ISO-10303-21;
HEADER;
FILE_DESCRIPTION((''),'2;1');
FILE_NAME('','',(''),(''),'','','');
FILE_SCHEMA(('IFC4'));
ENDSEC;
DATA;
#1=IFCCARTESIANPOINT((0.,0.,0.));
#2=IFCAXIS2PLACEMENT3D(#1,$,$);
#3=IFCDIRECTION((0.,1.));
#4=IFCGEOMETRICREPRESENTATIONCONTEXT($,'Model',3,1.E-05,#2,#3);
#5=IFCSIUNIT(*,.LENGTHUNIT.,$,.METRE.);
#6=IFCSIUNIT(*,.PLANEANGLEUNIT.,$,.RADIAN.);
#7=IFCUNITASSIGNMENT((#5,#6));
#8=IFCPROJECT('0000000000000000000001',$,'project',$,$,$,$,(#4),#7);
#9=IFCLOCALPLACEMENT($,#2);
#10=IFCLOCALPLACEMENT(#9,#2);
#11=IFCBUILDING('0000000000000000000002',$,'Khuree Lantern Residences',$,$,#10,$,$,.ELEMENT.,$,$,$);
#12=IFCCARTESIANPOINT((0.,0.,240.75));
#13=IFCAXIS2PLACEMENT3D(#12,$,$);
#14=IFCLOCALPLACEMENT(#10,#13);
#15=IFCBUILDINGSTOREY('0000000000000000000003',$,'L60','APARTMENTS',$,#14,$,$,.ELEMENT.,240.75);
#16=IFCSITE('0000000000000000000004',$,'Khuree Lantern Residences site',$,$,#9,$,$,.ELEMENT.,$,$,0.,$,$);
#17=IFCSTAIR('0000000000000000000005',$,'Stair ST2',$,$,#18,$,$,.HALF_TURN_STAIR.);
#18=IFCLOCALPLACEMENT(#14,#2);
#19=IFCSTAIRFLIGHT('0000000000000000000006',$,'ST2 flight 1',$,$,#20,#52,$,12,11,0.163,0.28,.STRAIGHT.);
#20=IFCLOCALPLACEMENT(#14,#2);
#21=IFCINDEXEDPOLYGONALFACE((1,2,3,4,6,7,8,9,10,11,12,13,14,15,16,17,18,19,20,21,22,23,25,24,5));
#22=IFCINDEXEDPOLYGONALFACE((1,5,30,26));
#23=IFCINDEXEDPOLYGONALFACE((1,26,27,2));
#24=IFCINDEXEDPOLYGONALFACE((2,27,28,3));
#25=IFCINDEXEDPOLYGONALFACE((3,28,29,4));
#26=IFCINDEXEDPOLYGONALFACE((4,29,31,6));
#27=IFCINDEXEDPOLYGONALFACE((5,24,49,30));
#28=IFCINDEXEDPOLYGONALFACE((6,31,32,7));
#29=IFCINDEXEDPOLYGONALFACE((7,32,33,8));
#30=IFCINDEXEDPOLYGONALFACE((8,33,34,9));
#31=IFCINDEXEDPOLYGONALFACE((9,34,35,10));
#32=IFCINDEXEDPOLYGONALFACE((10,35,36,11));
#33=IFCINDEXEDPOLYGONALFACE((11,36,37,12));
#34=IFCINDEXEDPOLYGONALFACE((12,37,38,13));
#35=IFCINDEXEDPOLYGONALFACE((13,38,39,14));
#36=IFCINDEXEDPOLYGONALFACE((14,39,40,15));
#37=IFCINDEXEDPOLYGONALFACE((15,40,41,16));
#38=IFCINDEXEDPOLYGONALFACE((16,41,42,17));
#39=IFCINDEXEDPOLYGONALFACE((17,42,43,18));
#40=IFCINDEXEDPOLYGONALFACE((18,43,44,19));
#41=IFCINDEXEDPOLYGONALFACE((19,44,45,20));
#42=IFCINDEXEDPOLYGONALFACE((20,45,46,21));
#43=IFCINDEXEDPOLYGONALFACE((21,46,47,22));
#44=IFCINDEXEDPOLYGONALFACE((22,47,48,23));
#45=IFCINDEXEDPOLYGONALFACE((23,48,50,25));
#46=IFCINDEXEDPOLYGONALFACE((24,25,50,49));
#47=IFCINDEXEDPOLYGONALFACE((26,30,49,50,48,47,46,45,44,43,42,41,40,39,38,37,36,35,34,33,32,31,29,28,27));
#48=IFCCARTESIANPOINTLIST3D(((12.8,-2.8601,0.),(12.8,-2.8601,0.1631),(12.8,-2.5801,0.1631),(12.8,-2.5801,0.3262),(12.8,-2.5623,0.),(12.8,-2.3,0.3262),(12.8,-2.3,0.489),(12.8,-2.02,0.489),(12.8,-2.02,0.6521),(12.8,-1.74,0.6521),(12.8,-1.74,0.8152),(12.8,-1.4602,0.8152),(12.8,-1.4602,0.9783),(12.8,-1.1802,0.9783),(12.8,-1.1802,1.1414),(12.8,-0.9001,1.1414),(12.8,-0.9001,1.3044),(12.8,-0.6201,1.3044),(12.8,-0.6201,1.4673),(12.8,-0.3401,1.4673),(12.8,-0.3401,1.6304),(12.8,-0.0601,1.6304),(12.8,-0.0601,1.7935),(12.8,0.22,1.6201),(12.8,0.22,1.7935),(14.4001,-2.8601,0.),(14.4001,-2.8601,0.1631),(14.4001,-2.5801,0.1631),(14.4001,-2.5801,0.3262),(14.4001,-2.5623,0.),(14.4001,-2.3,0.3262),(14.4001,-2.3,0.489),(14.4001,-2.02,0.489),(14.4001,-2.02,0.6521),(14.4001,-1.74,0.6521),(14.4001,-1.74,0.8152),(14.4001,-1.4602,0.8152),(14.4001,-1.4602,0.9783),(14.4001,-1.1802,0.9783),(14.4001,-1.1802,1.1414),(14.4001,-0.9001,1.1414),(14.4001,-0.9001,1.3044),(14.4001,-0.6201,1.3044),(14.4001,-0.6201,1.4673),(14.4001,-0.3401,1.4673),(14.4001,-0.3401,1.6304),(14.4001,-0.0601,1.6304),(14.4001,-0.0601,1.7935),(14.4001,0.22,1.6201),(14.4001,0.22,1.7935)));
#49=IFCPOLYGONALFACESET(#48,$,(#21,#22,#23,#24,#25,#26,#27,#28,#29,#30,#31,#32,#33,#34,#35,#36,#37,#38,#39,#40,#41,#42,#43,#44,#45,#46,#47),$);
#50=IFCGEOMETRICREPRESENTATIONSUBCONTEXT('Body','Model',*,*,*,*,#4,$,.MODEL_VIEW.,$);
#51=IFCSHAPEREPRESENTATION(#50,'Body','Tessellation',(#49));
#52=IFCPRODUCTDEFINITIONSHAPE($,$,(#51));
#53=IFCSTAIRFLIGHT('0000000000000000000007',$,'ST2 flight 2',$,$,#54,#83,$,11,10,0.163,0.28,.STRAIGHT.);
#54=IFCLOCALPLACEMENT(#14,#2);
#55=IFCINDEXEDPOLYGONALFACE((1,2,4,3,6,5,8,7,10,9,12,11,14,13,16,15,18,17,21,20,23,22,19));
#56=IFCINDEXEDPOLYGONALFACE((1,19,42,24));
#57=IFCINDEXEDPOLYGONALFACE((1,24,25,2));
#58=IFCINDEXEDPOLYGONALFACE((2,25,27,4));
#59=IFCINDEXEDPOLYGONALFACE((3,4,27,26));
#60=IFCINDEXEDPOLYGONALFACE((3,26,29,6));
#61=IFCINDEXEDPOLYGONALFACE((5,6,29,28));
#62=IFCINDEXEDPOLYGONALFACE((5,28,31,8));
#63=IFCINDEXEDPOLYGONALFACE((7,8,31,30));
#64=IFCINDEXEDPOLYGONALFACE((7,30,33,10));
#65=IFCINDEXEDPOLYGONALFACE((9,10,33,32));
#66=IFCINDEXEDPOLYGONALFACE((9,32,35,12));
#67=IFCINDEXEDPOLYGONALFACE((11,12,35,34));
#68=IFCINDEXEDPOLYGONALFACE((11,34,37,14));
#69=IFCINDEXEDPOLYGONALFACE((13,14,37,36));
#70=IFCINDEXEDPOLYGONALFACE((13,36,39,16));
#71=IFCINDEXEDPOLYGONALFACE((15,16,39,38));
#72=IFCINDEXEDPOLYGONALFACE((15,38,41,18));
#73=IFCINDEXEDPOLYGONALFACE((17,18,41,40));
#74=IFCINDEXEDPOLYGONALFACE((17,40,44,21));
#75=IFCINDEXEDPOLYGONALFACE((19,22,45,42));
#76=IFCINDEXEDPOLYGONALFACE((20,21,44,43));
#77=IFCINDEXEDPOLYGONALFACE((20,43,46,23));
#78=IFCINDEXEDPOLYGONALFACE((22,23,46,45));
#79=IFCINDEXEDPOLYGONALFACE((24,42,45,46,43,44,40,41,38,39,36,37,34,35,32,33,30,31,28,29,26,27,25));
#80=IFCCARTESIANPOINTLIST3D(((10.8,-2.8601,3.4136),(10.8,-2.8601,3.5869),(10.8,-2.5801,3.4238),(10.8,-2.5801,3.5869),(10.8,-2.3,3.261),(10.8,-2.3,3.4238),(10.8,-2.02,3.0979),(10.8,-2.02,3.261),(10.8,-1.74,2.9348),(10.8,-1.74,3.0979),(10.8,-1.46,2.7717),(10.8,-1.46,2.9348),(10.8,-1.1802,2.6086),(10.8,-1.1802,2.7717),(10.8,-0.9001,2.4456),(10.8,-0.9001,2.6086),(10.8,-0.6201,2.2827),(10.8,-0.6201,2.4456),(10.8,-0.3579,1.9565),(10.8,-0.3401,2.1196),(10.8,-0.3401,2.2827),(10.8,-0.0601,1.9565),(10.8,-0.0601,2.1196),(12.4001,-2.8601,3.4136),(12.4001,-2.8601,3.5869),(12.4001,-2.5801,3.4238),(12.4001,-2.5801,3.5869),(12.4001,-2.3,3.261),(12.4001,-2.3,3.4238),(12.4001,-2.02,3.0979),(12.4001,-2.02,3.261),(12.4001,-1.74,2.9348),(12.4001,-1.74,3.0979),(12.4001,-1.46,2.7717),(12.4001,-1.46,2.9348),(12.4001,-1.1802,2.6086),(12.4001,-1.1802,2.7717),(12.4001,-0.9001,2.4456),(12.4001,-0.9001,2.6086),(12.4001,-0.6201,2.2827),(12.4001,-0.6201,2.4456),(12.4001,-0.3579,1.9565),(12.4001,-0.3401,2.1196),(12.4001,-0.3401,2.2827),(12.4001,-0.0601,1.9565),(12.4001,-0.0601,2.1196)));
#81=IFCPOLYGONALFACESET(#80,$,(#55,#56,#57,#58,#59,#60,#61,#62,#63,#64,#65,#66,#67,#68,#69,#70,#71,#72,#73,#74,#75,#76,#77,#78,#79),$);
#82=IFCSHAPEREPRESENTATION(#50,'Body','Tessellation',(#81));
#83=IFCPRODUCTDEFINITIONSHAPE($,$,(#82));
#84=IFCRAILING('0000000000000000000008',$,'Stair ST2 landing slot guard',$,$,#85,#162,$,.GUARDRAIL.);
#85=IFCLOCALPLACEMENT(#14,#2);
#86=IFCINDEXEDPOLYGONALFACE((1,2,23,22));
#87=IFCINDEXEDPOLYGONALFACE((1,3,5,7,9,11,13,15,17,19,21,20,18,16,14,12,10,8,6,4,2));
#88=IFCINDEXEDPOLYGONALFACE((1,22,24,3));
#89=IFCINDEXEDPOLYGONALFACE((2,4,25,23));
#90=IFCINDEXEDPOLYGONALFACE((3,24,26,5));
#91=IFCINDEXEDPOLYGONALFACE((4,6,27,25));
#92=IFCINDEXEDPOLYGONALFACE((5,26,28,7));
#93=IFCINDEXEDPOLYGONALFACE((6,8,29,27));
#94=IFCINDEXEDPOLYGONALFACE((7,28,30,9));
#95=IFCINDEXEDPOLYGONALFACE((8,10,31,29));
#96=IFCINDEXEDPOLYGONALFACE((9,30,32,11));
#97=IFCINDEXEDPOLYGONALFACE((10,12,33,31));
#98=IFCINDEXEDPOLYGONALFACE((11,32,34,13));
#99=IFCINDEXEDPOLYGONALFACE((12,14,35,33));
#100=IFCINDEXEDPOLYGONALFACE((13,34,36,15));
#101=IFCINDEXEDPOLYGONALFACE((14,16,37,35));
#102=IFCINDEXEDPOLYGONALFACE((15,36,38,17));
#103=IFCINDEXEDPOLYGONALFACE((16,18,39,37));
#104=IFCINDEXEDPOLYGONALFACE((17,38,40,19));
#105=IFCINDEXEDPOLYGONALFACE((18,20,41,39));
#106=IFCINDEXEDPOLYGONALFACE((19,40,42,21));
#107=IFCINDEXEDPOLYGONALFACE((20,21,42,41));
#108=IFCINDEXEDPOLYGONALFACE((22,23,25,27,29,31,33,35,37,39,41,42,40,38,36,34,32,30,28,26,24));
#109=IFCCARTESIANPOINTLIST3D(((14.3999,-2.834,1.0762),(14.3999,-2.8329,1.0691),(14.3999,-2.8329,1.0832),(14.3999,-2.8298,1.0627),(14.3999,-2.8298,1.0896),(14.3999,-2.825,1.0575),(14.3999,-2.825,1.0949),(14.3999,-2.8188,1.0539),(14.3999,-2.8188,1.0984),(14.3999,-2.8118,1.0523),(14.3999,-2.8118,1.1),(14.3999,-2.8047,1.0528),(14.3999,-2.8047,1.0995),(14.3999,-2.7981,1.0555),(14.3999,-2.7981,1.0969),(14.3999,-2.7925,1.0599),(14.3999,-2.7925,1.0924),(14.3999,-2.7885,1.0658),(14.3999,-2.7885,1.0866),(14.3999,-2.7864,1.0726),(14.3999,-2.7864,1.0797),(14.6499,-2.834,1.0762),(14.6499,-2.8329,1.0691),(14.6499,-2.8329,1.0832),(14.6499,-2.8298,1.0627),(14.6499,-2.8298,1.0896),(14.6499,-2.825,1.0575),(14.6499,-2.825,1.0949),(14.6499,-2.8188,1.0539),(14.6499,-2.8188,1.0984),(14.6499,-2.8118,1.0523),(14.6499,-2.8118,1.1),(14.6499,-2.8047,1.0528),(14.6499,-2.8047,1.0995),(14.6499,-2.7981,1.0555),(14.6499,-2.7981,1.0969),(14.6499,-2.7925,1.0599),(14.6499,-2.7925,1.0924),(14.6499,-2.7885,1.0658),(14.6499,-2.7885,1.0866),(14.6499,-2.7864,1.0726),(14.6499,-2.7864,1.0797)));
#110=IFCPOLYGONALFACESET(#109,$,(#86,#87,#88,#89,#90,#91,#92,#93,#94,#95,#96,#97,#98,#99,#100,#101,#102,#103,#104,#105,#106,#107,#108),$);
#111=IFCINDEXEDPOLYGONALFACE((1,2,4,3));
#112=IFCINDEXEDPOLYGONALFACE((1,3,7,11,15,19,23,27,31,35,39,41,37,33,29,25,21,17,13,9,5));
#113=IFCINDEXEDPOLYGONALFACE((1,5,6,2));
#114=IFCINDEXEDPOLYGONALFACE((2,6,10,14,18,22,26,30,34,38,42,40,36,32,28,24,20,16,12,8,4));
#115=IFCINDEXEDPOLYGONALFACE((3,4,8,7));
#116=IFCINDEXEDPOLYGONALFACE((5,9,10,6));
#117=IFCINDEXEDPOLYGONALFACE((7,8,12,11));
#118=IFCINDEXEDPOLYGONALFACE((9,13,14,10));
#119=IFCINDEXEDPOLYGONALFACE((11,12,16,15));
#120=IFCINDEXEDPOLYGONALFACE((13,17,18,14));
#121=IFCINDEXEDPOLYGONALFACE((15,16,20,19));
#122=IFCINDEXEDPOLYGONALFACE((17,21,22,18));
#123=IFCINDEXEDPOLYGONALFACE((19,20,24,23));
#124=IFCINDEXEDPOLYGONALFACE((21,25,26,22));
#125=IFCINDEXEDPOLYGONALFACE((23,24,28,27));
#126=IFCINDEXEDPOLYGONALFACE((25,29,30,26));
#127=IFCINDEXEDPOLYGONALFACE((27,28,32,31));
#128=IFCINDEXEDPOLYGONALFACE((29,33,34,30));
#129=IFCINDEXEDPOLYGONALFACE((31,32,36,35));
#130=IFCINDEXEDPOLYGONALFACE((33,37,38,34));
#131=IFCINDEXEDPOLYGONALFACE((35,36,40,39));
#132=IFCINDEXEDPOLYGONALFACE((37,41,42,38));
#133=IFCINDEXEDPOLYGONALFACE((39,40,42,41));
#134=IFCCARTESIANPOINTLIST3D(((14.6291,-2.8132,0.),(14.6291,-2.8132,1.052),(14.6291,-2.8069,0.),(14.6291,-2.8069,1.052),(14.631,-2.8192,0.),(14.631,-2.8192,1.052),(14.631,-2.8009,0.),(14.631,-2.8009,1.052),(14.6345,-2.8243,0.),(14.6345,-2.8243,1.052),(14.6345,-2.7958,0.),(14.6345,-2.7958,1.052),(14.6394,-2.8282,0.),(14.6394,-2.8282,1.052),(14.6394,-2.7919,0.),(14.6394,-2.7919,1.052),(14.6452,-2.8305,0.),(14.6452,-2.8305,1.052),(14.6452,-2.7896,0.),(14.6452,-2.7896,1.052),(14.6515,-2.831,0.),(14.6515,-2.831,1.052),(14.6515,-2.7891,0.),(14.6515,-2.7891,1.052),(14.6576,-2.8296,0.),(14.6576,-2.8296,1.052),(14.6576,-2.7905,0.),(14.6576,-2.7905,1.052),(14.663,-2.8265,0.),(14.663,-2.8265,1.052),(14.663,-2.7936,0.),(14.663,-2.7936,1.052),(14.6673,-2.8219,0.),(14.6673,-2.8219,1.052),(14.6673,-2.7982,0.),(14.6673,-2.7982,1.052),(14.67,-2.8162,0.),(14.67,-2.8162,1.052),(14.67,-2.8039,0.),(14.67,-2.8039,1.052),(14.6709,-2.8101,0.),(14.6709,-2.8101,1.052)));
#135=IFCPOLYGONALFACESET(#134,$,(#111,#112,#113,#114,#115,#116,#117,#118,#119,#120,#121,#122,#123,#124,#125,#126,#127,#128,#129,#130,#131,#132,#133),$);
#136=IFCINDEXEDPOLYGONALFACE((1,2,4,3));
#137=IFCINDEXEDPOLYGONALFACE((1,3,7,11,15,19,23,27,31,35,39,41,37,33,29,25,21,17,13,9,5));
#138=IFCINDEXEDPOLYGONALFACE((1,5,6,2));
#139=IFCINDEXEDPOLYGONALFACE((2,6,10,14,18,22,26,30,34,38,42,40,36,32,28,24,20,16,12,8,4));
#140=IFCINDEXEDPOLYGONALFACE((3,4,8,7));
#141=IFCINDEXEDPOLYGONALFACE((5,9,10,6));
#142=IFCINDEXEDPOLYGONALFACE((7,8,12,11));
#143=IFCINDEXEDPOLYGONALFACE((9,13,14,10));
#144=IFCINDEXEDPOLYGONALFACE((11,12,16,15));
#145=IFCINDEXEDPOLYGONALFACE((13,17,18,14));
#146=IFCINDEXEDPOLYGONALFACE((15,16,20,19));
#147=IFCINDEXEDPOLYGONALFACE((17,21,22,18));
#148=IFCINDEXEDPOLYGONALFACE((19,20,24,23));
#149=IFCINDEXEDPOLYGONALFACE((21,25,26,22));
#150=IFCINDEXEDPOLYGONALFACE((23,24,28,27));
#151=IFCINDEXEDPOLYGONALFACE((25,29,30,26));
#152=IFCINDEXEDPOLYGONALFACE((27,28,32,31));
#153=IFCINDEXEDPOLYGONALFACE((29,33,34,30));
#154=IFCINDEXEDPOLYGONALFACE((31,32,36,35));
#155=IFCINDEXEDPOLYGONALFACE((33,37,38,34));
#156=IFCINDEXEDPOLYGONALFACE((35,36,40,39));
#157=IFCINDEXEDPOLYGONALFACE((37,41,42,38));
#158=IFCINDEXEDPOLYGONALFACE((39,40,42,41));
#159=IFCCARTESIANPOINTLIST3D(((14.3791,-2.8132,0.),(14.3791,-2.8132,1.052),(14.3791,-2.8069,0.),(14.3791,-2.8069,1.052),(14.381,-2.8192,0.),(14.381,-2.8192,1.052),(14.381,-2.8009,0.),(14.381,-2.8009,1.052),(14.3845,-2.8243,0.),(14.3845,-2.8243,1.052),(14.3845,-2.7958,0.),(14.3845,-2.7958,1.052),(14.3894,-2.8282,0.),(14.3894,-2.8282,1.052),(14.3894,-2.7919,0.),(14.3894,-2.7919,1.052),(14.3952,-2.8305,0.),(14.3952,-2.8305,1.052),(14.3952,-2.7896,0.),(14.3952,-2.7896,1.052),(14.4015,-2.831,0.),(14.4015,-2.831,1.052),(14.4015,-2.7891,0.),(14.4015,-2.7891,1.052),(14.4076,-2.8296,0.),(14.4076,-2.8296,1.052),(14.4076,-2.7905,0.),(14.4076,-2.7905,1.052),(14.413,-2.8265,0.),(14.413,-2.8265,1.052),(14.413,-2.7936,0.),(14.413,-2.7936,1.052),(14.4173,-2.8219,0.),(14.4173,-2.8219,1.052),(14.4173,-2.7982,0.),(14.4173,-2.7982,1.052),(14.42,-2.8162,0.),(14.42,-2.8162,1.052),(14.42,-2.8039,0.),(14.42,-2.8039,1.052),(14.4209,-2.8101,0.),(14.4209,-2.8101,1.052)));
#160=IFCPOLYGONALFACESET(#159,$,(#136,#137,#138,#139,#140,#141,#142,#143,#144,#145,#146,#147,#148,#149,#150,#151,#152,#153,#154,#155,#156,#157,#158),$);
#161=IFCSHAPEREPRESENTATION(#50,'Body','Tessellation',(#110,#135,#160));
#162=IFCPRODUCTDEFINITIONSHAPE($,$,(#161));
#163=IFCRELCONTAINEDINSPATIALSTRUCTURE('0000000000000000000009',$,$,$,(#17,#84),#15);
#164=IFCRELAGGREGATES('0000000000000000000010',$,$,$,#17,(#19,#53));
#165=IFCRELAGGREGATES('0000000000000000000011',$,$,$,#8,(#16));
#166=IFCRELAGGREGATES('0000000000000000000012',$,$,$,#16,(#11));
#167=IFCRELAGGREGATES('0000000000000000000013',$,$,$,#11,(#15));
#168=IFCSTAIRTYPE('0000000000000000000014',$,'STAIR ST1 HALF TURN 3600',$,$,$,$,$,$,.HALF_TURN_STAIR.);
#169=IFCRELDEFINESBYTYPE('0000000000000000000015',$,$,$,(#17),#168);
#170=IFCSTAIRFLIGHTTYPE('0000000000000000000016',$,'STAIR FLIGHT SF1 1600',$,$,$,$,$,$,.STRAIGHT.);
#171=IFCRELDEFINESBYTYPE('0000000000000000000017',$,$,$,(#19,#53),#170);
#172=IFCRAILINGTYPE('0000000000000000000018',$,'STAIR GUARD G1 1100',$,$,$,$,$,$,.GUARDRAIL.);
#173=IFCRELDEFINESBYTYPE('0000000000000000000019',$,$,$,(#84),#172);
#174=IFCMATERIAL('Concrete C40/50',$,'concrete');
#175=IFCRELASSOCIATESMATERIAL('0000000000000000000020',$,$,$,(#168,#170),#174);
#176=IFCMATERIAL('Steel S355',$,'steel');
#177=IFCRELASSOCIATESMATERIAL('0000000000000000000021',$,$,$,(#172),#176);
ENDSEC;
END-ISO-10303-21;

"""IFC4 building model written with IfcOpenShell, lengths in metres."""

from ifc_helpers import new_model, si_unit, direction, frame, origin, origin_2d, place, context, subcontext, project, spatial, polyline, circle, outline, extrude, material, type_object, element, aggregate, save


model = new_model("IFC4")

# Units and contexts
model_context = context("Model", 3, precision=1e-05, world=origin(), true_north=direction((0.0, 1.0)))
body_context = subcontext(model_context, "Body", "Model", "MODEL_VIEW")
ifc_project = project(units=[si_unit("LENGTHUNIT", "METRE"), si_unit("PLANEANGLEUNIT", "RADIAN")], contexts=[model_context])

# Site, building, storey
site_placement = place(None, origin())
site = spatial("IfcSite", under=ifc_project, at=site_placement, Name="Khuree Lantern Residences site", CompositionType="ELEMENT", RefElevation=0.0)
building_placement = place(site_placement, origin())
building = spatial("IfcBuilding", under=site, at=building_placement, Name="Khuree Lantern Residences", CompositionType="ELEMENT")
storey_placement = place(building_placement, frame((0.0, 0.0, 240.75)))
storey = spatial("IfcBuildingStorey", under=building, at=storey_placement, Name="L60", Description="APARTMENTS", CompositionType="ELEMENT", Elevation=240.75)

# Shared definitions
ifc_material_1 = material(Name="Concrete C40/50", Category="concrete")
stair_type = type_object("IfcStairType", Name="STAIR ST1 HALF TURN 3600", PredefinedType="HALF_TURN_STAIR", material=ifc_material_1)

# Stair, stair flights
stair_1_placement = place(storey_placement, origin())
stair_1 = element("IfcStair", 1, at=stair_1_placement, inside=storey, type_object=stair_type, Name="Stair ST2", PredefinedType="HALF_TURN_STAIR")
stair_flight_type = type_object("IfcStairFlightType", Name="STAIR FLIGHT SF1 1600", PredefinedType="STRAIGHT", material=ifc_material_1)
stair_flight_1_placement = place(storey_placement, frame((13.6001, -2.8601, 0.0), z_axis=(0.0, 0.0, 1.0), x_axis=(0.0, 1.0, 0.0)))
stair_flight_1 = element("IfcStairFlight", 2, at=stair_flight_1_placement, type_object=stair_flight_type, Name="ST2 flight 1", NumberOfRisers=12, NumberOfTreads=11, PredefinedType="STRAIGHT", RiserHeight=0.163, TreadLength=0.28, context=body_context, shape_type="SweptSolid", body=[
    extrude(outline(polyline([(0.0, 0.0), (0.0, 0.1631), (0.28, 0.1631), (0.28, 0.3262), (0.5601, 0.3262), (0.5601, 0.489), (0.8401, 0.489), (0.8401, 0.6521), (1.1201, 0.6521), (1.1201, 0.8152), (1.3999, 0.8152), (1.3999, 0.9783), (1.6799, 0.9783), (1.6799, 1.1414), (1.96, 1.1414), (1.96, 1.3044), (2.24, 1.3044), (2.24, 1.4673), (2.52, 1.4673), (2.52, 1.6304), (2.8, 1.6304), (2.8, 1.7935), (3.0801, 1.7935), (3.0801, 1.9565), (3.0801, 1.6201), (0.2979, 0.0), (0.0, 0.0)])), frame((0.0, 0.8, 0.0), z_axis=(0.0, -1.0, 0.0), x_axis=(1.0, 0.0, 0.0)), (0.0, 0.0, 1.0), 1.6001),
])
stair_flight_2_placement = place(storey_placement, frame((11.6001, -0.0601, 1.9565), z_axis=(0.0, 0.0, 1.0), x_axis=(0.0, -1.0, 0.0)))
stair_flight_2 = element("IfcStairFlight", 3, at=stair_flight_2_placement, type_object=stair_flight_type, Name="ST2 flight 2", NumberOfRisers=11, NumberOfTreads=10, PredefinedType="STRAIGHT", RiserHeight=0.163, TreadLength=0.28, context=body_context, shape_type="SweptSolid", body=[
    extrude(outline(polyline([(0.0, 0.0), (0.0, 0.1631), (0.28, 0.1631), (0.28, 0.3262), (0.5601, 0.3262), (0.5601, 0.489), (0.8401, 0.489), (0.8401, 0.6521), (1.1201, 0.6521), (1.1201, 0.8152), (1.3999, 0.8152), (1.3999, 0.9783), (1.6799, 0.9783), (1.6799, 1.1414), (1.96, 1.1414), (1.96, 1.3044), (2.24, 1.3044), (2.24, 1.4673), (2.52, 1.4673), (2.52, 1.6304), (2.8, 1.6304), (2.8, 1.7935), (2.8, 1.457), (0.2979, 0.0), (0.0, 0.0)])), frame((0.0, 0.8, 0.0), z_axis=(0.0, -1.0, 0.0), x_axis=(1.0, 0.0, 0.0)), (0.0, 0.0, 1.0), 1.6001),
])
aggregate(stair_1, [stair_flight_1, stair_flight_2])

# Railing
ifc_material_2 = material(Name="Steel S355", Category="steel")
railing_type_1 = type_object("IfcRailingType", Name="STAIR GUARD G1 1100", PredefinedType="GUARDRAIL", material=ifc_material_2)
railing_1_placement = place(storey_placement, frame((14.6499, -2.8101, 0.0)))
element("IfcRailing", 4, at=railing_1_placement, inside=storey, type_object=railing_type_1, Name="Stair ST2 landing slot guard", PredefinedType="GUARDRAIL", context=body_context, shape_type="SweptSolid", body=[
    extrude(circle(Radius=0.0239, at=origin_2d()), frame((0.0, 0.0, 1.0762), z_axis=(-1.0, 0.0, 0.0), x_axis=(0.0, -1.0, 0.0)), (0.0, 0.0, 1.0), 0.25),
    extrude(circle(Radius=0.021, at=origin_2d()), origin(), (0.0, 0.0, 1.0), 1.052),
    extrude(circle(Radius=0.021, at=origin_2d()), frame((-0.25, 0.0, 0.0)), (0.0, 0.0, 1.0), 1.052),
])

save(model, "model.ifc")
